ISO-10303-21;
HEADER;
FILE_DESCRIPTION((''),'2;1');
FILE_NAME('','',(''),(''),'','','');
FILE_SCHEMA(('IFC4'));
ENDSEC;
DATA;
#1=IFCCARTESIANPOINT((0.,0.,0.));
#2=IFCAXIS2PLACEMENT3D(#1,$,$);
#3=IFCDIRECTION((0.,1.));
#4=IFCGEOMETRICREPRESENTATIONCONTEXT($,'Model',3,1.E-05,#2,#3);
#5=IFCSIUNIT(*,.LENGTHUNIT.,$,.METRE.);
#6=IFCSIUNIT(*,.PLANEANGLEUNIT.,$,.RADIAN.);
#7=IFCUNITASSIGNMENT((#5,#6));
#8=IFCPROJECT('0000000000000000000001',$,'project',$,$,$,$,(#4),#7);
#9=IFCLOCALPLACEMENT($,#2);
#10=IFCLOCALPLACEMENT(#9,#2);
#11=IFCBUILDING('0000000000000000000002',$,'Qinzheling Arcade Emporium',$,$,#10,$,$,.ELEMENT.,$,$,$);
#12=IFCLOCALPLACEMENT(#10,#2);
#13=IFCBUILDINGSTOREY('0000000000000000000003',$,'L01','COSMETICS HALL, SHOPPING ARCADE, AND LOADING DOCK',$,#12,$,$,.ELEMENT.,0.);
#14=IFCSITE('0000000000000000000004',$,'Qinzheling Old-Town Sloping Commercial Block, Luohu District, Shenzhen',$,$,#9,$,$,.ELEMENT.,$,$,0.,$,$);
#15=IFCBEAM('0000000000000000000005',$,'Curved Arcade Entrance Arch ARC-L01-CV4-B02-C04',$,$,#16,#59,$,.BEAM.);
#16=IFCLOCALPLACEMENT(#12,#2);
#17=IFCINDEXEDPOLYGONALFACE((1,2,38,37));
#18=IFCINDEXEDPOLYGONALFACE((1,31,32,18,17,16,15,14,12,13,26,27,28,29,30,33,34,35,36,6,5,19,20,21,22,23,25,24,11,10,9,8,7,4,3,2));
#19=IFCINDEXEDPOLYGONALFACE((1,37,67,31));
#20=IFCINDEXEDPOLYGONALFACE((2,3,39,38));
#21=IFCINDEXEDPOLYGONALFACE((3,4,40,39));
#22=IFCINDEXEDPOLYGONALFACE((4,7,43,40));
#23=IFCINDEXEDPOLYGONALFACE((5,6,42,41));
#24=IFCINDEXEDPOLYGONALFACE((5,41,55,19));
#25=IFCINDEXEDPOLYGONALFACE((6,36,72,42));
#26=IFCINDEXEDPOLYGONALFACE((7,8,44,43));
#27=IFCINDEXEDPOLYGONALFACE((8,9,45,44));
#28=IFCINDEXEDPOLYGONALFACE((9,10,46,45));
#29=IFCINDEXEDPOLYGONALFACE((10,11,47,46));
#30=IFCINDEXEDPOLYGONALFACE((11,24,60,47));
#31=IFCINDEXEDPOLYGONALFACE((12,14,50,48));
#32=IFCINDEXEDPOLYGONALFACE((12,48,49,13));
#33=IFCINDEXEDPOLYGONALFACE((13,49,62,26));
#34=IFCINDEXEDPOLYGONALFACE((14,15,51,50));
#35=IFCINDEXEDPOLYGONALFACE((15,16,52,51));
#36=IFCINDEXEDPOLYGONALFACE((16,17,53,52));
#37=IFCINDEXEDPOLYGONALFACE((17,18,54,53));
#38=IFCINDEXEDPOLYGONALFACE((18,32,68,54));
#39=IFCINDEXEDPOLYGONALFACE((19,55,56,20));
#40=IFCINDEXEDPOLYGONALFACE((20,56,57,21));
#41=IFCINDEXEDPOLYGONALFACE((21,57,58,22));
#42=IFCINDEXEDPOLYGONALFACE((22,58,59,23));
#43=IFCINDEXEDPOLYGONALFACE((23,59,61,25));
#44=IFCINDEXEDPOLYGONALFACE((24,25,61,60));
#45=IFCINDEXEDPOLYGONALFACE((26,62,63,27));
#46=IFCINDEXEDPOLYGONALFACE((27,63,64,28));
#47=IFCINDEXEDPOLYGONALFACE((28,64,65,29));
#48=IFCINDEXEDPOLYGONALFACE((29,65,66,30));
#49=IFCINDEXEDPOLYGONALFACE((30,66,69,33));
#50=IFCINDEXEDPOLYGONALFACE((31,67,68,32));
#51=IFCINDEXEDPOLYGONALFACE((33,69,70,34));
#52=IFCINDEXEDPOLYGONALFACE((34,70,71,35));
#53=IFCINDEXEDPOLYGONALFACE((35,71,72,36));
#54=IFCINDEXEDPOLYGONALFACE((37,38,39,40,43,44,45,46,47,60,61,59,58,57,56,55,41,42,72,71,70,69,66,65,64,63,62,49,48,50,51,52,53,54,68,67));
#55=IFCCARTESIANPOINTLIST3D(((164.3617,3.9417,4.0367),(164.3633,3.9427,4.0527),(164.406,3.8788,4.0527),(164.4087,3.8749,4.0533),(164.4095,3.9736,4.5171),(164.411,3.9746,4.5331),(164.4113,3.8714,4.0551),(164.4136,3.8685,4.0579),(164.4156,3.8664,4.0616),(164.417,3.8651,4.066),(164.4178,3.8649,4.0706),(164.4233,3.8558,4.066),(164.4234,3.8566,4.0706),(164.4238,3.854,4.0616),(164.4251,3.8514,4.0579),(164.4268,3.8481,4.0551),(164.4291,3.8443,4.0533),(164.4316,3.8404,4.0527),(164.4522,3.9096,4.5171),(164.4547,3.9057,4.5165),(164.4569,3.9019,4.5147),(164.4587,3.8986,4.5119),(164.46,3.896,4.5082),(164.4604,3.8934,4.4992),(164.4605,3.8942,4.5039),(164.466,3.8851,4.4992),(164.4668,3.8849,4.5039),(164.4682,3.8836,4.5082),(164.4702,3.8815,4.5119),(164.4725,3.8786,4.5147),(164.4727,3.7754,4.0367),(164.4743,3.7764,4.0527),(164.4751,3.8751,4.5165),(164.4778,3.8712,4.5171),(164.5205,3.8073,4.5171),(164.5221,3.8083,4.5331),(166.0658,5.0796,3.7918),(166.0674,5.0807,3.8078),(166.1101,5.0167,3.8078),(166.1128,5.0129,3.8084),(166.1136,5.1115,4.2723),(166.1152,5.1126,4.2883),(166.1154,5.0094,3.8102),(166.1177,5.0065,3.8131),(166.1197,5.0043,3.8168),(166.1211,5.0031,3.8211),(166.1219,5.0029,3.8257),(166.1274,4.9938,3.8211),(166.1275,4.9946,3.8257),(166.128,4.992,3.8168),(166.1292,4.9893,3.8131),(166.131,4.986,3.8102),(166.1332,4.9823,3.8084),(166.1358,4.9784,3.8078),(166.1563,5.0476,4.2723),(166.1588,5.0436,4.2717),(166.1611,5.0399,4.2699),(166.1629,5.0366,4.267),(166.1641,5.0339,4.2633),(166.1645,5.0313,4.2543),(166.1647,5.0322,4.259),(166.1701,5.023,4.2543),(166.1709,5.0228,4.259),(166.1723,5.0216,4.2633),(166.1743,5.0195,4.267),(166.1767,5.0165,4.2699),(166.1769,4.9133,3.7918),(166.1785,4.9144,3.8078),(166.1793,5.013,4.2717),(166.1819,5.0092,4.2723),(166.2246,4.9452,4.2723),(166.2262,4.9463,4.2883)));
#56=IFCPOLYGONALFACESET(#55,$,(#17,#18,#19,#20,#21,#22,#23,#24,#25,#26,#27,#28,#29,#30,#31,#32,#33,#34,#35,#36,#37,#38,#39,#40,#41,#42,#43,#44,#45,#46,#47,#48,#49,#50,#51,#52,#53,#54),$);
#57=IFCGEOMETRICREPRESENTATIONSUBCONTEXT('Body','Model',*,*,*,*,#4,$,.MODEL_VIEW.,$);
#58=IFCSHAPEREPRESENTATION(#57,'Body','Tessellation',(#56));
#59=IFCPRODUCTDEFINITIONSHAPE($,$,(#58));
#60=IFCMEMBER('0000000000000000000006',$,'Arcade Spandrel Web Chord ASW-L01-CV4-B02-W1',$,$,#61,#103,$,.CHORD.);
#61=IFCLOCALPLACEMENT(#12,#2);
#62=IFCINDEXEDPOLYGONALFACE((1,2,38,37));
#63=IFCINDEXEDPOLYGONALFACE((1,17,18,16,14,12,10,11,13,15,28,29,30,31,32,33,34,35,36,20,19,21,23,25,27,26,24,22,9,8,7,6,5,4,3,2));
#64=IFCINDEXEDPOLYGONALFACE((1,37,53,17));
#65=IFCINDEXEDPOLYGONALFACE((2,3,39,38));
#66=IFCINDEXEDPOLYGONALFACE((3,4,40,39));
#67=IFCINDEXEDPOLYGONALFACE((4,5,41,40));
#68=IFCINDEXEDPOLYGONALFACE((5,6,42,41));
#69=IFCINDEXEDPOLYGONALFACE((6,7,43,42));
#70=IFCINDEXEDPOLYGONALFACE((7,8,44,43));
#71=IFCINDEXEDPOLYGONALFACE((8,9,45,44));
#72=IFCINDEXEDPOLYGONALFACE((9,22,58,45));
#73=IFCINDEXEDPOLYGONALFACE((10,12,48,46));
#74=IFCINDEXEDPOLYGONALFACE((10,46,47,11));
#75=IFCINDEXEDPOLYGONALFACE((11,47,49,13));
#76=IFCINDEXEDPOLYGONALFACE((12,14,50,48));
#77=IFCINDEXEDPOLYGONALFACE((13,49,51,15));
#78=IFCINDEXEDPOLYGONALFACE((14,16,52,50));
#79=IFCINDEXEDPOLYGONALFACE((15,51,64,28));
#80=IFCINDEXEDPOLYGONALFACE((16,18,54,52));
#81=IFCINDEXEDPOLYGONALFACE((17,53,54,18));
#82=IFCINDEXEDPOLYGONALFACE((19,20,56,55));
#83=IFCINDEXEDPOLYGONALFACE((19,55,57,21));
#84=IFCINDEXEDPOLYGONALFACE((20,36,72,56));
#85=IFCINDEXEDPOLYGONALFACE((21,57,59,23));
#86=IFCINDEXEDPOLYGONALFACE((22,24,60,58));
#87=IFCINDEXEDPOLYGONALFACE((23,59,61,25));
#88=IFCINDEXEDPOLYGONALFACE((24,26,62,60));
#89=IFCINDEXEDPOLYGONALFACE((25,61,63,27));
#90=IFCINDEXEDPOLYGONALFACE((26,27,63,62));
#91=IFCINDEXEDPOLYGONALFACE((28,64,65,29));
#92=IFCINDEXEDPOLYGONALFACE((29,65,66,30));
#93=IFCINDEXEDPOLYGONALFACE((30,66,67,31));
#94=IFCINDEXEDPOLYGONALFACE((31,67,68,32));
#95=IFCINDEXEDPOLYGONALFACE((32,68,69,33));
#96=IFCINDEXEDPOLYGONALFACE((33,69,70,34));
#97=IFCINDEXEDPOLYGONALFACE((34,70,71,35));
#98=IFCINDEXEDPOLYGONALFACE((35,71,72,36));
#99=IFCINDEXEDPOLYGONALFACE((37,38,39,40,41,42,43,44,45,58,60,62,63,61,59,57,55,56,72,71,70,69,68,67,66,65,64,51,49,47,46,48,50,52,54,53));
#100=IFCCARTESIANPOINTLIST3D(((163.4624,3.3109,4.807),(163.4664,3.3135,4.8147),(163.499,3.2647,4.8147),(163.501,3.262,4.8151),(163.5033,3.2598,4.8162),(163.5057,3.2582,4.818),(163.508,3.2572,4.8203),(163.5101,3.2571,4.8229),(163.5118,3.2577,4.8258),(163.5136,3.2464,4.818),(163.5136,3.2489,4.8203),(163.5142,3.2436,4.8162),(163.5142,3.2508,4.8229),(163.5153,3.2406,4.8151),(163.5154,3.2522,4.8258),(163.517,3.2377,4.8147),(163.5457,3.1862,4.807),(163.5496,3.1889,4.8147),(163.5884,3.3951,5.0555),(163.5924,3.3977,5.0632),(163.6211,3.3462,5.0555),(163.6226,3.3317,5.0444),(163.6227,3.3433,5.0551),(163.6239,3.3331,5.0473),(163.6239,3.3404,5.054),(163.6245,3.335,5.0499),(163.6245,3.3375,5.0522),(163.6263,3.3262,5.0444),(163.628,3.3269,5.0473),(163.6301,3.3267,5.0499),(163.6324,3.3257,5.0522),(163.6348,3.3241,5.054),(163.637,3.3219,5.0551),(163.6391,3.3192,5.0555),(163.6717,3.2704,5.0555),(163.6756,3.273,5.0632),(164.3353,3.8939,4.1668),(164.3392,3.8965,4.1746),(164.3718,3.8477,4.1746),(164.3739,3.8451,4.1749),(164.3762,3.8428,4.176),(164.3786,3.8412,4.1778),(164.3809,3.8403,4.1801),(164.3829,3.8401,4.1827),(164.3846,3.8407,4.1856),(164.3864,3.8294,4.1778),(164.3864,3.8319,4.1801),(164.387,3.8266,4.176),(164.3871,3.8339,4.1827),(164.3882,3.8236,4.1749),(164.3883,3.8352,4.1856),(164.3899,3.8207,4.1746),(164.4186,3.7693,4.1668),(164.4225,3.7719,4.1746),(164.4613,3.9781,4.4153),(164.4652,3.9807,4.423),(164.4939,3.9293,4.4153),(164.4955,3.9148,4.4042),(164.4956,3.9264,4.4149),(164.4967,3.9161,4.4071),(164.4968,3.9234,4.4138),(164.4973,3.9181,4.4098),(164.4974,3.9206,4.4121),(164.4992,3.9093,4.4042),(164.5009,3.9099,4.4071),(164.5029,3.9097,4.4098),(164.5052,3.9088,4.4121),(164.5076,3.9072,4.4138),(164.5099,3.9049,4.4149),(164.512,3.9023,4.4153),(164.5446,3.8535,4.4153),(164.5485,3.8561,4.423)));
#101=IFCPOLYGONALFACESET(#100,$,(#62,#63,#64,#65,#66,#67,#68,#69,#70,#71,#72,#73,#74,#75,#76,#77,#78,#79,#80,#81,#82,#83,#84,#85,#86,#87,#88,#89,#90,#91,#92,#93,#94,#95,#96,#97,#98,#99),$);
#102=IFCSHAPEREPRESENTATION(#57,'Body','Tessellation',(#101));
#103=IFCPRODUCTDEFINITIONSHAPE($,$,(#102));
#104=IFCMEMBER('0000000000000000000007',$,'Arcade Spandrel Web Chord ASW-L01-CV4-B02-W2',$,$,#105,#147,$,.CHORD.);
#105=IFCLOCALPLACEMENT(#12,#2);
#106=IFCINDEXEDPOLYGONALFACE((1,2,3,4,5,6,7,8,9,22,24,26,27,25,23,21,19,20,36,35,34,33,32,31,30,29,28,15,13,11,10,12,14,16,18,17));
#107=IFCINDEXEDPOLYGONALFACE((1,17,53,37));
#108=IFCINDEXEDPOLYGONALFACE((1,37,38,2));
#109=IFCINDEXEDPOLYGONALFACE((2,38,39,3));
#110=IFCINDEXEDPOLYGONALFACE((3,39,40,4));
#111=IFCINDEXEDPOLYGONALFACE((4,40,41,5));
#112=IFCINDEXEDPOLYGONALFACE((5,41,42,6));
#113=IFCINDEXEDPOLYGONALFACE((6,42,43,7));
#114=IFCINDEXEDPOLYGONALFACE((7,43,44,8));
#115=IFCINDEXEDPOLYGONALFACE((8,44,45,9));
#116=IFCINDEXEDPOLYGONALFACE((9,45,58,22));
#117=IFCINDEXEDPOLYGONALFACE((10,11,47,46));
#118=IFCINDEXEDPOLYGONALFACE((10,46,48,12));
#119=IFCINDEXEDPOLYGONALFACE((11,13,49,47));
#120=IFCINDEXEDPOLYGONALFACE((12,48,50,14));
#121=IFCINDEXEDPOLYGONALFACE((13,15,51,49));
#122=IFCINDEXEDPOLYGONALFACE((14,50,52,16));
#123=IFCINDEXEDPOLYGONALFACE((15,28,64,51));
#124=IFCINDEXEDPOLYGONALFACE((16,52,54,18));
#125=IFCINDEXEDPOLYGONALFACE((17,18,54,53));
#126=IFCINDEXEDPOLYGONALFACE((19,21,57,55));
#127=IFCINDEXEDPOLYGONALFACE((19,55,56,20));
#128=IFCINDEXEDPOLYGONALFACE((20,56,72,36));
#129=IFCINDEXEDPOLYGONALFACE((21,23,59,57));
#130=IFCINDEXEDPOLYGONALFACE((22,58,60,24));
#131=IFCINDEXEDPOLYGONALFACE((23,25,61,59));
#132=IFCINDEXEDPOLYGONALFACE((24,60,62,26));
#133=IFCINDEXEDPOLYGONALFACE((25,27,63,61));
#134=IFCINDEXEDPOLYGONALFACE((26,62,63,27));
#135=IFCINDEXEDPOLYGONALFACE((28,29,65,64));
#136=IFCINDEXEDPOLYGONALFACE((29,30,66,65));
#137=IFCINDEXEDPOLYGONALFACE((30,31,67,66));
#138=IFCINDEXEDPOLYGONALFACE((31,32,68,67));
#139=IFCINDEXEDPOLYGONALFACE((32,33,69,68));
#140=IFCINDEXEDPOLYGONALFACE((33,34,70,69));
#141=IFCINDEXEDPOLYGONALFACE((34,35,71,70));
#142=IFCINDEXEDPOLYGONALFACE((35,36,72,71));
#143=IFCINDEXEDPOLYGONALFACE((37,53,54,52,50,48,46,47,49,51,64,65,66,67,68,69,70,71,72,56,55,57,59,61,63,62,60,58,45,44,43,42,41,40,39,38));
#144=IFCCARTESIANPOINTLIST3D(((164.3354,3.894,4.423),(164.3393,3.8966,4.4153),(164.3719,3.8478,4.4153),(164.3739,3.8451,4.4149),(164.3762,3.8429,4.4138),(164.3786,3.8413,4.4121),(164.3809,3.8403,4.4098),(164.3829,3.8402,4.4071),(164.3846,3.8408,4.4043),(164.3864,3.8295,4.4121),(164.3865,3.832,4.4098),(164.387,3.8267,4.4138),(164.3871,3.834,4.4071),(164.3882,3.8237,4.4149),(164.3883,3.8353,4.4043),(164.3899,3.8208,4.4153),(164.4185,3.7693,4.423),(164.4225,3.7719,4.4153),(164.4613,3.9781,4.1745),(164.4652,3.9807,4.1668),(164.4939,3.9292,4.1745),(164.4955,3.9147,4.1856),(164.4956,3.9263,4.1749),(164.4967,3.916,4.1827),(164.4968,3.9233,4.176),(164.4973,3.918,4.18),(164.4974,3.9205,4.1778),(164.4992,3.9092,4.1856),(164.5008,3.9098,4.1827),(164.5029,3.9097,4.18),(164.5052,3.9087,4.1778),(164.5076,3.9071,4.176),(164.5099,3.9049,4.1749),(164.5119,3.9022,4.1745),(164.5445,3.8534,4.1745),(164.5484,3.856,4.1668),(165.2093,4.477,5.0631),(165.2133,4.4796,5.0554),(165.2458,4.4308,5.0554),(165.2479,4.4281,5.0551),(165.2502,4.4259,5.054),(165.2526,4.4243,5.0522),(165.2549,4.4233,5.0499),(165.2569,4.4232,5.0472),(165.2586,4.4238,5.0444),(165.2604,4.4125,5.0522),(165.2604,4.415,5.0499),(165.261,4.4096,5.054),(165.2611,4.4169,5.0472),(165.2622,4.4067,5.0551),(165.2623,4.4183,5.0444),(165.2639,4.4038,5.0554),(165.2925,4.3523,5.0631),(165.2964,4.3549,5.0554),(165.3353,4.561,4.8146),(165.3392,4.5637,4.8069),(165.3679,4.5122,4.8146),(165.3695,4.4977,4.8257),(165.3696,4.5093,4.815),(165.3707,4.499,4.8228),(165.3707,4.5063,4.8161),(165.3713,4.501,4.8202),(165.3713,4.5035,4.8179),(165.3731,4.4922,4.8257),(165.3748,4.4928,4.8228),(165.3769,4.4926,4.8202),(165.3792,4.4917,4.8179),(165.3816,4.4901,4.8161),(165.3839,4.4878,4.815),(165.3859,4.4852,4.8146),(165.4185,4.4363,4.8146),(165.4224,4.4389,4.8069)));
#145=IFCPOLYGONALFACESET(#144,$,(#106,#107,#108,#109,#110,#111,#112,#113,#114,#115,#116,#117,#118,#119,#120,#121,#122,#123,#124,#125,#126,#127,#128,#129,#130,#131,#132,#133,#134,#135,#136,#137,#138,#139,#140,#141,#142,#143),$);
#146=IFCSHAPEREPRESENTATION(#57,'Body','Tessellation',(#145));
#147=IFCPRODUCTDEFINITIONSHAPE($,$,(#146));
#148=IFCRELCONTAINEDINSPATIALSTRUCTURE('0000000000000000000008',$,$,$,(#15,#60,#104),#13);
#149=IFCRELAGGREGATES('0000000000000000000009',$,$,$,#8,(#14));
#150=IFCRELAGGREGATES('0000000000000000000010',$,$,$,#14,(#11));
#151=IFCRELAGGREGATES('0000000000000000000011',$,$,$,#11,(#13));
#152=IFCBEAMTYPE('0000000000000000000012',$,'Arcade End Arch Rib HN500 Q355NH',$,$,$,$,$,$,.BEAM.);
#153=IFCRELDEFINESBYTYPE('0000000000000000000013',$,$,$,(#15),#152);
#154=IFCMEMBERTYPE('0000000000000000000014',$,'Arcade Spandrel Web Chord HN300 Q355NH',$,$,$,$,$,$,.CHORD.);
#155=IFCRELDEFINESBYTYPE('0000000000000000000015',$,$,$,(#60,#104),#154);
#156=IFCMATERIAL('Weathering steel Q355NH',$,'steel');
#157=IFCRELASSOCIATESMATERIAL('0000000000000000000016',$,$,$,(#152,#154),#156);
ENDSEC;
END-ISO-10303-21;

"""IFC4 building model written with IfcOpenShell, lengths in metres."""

from ifc_helpers import new_model, si_unit, direction, frame, origin, origin_2d, place, context, subcontext, project, spatial, i_section, extrude, material, material_profile, profile_set, type_object, element, save


model = new_model("IFC4")

# Units and contexts
model_context = context("Model", 3, precision=1e-05, world=origin(), true_north=direction((0.0, 1.0)))
body_context = subcontext(model_context, "Body", "Model", "MODEL_VIEW")
ifc_project = project(units=[si_unit("LENGTHUNIT", "METRE"), si_unit("PLANEANGLEUNIT", "RADIAN")], contexts=[model_context])

# Site, building, storey
site_placement = place(None, origin())
site = spatial("IfcSite", under=ifc_project, at=site_placement, Name="Qinzheling Old-Town Sloping Commercial Block, Luohu District, Shenzhen", CompositionType="ELEMENT", RefElevation=0.0)
building_placement = place(site_placement, origin())
building = spatial("IfcBuilding", under=site, at=building_placement, Name="Qinzheling Arcade Emporium", CompositionType="ELEMENT")
storey_placement = place(building_placement, origin())
storey = spatial("IfcBuildingStorey", under=building, at=storey_placement, Name="L01", Description="COSMETICS HALL, SHOPPING ARCADE, AND LOADING DOCK", CompositionType="ELEMENT", Elevation=0.0)

# Beam
ifc_material_1 = material(Name="Weathering steel Q355NH", Category="steel")
ifc_material_profile_1 = material_profile(ifc_material_1, i_section(OverallWidth=0.2, OverallDepth=0.5, WebThickness=0.01, FlangeThickness=0.0161, FilletRadius=0.0181, at=origin_2d()), Name="HN 500x200x10x16", Category="steel")
ifc_profile_set_1 = profile_set([ifc_material_profile_1], Name="Weathering steel Q355NH")
beam_type_1 = type_object("IfcBeamType", Name="Arcade End Arch Rib HN500 Q355NH", PredefinedType="BEAM", material=ifc_profile_set_1)
beam_1_placement = place(storey_placement, frame((164.4419, 3.875, 4.2849), z_axis=(0.825753, 0.551409, -0.118658), x_axis=(-0.555332, 0.831628, 0.0)))
element("IfcBeam", 1, at=beam_1_placement, inside=storey, type_object=beam_type_1, Name="Curved Arcade Entrance Arch ARC-L01-CV4-B02-C04", PredefinedType="BEAM", context=body_context, shape_type="SweptSolid", body=[
    extrude(i_section(OverallWidth=0.2, OverallDepth=0.5, WebThickness=0.01, FlangeThickness=0.0161, FilletRadius=0.0181, at=origin_2d()), origin(), (0.0, 0.0, 1.0), 2.0637),
])

# Members
ifc_material_profile_2 = material_profile(ifc_material_1, i_section(OverallWidth=0.1499, OverallDepth=0.3, WebThickness=0.0066, FlangeThickness=0.009, FilletRadius=0.0129, at=origin_2d()), Name="HN 300x150x6.5x9", Category="steel")
ifc_profile_set_2 = profile_set([ifc_material_profile_2], Name="Weathering steel Q355NH")
member_type_1 = type_object("IfcMemberType", Name="Arcade Spandrel Web Chord HN300 Q355NH", PredefinedType="CHORD", material=ifc_profile_set_2)
member_1_placement = place(storey_placement, frame((164.4419, 3.875, 4.2949), z_axis=(-0.709934, -0.474216, 0.520685), x_axis=(0.555451, -0.831549, 0.0)))
element("IfcMember", 2, at=member_1_placement, inside=storey, type_object=member_type_1, Name="Arcade Spandrel Web Chord ASW-L01-CV4-B02-W1", PredefinedType="CHORD", context=body_context, shape_type="SweptSolid", body=[
    extrude(i_section(OverallWidth=0.1499, OverallDepth=0.3, WebThickness=0.0066, FlangeThickness=0.009, FilletRadius=0.0129, at=origin_2d()), origin(), (0.0, 0.0, 1.0), 1.2295),
])
member_2_placement = place(storey_placement, frame((164.4419, 3.875, 4.2949), z_axis=(0.710426, 0.473882, 0.520318), x_axis=(-0.554915, 0.831907, 0.0)))
element("IfcMember", 3, at=member_2_placement, inside=storey, type_object=member_type_1, Name="Arcade Spandrel Web Chord ASW-L01-CV4-B02-W2", PredefinedType="CHORD", context=body_context, shape_type="SweptSolid", body=[
    extrude(i_section(OverallWidth=0.1499, OverallDepth=0.3, WebThickness=0.0066, FlangeThickness=0.009, FilletRadius=0.0129, at=origin_2d()), origin(), (0.0, 0.0, 1.0), 1.2302),
])

save(model, "model.ifc")
